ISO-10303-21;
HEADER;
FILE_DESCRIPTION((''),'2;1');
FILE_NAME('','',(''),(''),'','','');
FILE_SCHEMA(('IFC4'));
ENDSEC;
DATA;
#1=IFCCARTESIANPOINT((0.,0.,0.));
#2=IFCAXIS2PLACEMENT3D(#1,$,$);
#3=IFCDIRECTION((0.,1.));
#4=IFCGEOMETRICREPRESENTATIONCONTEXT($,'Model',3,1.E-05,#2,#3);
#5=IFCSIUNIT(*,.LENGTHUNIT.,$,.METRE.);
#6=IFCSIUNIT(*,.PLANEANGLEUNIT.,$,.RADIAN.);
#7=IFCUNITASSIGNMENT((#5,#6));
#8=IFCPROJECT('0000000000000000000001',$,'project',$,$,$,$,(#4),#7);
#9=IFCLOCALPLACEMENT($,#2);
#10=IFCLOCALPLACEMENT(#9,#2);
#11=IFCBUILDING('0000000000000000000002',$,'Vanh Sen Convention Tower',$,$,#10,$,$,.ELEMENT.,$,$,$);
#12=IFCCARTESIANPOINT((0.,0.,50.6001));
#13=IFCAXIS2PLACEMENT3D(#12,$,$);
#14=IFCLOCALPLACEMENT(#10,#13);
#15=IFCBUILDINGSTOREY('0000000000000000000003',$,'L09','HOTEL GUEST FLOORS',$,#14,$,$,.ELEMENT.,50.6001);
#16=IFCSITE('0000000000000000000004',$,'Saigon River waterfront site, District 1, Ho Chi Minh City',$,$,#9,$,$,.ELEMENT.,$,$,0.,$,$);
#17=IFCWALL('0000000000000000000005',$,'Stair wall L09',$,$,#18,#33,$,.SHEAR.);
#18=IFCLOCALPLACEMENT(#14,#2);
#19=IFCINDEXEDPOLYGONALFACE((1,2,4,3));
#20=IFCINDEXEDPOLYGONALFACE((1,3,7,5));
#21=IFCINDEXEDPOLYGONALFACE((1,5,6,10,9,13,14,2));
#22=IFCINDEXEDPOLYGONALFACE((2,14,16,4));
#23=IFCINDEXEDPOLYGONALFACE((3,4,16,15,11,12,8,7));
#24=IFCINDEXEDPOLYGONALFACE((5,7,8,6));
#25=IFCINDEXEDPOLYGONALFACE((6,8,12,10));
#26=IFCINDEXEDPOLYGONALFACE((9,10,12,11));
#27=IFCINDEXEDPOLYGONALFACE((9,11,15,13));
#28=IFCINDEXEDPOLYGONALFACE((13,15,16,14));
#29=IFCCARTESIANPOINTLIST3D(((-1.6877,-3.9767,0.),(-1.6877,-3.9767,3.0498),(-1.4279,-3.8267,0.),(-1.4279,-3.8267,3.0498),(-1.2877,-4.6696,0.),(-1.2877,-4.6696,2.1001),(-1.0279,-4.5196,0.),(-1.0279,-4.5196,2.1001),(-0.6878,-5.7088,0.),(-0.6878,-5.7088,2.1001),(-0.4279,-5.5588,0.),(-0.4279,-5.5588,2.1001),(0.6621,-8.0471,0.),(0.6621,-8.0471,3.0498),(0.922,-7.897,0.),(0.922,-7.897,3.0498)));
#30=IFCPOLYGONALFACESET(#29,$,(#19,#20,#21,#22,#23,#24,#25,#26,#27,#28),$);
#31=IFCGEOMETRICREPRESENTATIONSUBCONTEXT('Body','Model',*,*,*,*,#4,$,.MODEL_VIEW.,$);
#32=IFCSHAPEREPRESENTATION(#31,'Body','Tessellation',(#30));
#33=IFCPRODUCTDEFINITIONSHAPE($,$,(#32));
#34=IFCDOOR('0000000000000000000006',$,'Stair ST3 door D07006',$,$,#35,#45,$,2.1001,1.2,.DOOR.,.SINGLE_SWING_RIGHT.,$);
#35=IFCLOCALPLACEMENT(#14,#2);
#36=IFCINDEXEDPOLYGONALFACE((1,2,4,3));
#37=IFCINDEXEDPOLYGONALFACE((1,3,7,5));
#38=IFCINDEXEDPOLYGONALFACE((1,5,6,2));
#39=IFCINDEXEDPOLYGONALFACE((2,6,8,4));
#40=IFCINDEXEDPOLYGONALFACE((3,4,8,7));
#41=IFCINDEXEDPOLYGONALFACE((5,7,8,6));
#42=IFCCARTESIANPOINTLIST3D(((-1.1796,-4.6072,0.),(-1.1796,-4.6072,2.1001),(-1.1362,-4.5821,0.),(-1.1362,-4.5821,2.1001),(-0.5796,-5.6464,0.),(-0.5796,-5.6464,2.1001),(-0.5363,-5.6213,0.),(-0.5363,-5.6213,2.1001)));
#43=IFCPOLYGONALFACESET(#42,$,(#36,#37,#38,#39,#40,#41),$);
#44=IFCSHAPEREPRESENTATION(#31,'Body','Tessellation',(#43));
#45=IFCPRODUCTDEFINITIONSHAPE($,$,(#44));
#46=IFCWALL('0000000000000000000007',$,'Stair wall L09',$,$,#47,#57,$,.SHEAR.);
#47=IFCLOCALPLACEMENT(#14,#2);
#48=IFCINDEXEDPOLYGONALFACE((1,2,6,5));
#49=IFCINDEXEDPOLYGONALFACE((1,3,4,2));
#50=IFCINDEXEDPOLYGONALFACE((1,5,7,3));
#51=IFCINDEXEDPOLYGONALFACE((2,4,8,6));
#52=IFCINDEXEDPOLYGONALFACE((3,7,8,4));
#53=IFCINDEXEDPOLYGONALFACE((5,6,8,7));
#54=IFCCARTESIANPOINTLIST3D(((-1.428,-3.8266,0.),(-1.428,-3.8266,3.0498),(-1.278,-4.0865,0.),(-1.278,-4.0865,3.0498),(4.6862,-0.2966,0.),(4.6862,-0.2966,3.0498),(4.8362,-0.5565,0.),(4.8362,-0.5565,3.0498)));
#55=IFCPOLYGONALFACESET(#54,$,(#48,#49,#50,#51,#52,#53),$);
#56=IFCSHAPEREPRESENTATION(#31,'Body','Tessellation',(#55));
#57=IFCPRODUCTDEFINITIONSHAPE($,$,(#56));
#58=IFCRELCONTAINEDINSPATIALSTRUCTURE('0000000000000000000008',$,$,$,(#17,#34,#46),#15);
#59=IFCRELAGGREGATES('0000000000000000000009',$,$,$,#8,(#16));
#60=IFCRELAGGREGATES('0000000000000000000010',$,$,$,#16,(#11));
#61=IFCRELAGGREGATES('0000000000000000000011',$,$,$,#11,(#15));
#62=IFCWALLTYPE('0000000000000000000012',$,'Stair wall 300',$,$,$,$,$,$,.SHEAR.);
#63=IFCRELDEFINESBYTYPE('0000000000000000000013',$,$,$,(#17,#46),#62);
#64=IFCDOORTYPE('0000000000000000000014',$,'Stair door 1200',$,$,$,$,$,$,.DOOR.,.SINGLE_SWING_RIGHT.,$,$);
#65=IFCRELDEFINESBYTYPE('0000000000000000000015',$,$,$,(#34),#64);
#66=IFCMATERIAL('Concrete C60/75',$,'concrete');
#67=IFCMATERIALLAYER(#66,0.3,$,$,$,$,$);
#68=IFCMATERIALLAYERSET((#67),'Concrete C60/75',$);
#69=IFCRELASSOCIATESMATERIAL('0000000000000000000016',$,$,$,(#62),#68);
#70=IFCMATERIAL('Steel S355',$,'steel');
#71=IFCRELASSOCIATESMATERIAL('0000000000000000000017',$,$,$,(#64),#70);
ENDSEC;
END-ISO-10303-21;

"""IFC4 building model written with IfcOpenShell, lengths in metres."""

from ifc_helpers import new_model, si_unit, direction, frame, frame_2d, origin, place, context, subcontext, project, spatial, rectangle, extrude, material, layer, layer_set, type_object, element, fill, save


model = new_model("IFC4")

# Units and contexts
model_context = context("Model", 3, precision=1e-05, world=origin(), true_north=direction((0.0, 1.0)))
body_context = subcontext(model_context, "Body", "Model", "MODEL_VIEW")
ifc_project = project(units=[si_unit("LENGTHUNIT", "METRE"), si_unit("PLANEANGLEUNIT", "RADIAN")], contexts=[model_context])

# Site, building, storey
site_placement = place(None, origin())
site = spatial("IfcSite", under=ifc_project, at=site_placement, Name="Saigon River waterfront site, District 1, Ho Chi Minh City", CompositionType="ELEMENT", RefElevation=0.0)
building_placement = place(site_placement, origin())
building = spatial("IfcBuilding", under=site, at=building_placement, Name="Vanh Sen Convention Tower", CompositionType="ELEMENT")
storey_placement = place(building_placement, frame((0.0, 0.0, 50.6001)))
storey = spatial("IfcBuildingStorey", under=building, at=storey_placement, Name="L09", Description="HOTEL GUEST FLOORS", CompositionType="ELEMENT", Elevation=50.6001)

# Shared definitions
ifc_material_1 = material(Name="Steel S355", Category="steel")

# Shared definitions
ifc_material_2 = material(Name="Concrete C60/75", Category="concrete")
ifc_layer_1 = layer(ifc_material_2, 0.3)
ifc_layer_set_1 = layer_set([ifc_layer_1], Name="Concrete C60/75")
wall_type_1 = type_object("IfcWallType", Name="Stair wall 300", PredefinedType="SHEAR", material=ifc_layer_set_1)

# Wall, opening, door
wall_1_placement = place(storey_placement, frame((-1.5579, -3.9016, 0.0), z_axis=(0.0, 0.0, 1.0), x_axis=(0.499977, -0.866039, 0.0)))
wall_1 = element("IfcWall", 1, at=wall_1_placement, inside=storey, type_object=wall_type_1, Name="Stair wall L09", PredefinedType="SHEAR", context=body_context, shape_type="SweptSolid", body=[
    extrude(rectangle(XDim=4.7, YDim=0.3, at=frame_2d((2.3501, 0.0))), origin(), (0.0, 0.0, 1.0), 3.0498),
])
opening_1_placement = place(wall_1_placement, frame((0.8, 0.0, 0.0)))
opening_1 = element("IfcOpeningElement", 2, at=opening_1_placement, cuts=wall_1, PredefinedType="OPENING", context=body_context, shape_type="SweptSolid", body=[
    extrude(rectangle(XDim=1.2, YDim=2.1001, at=frame_2d((0.6001, 1.05))), frame((0.0, 0.1599, 0.0), z_axis=(0.0, -1.0, 0.0), x_axis=(1.0, 0.0, 0.0)), (0.0, 0.0, 1.0), 0.3201),
])
door_type_1 = type_object("IfcDoorType", Name="Stair door 1200", OperationType="SINGLE_SWING_RIGHT", PredefinedType="DOOR", material=ifc_material_1)
door_1_placement = place(opening_1_placement, origin())
door_1 = element("IfcDoor", 3, at=door_1_placement, inside=storey, type_object=door_type_1, Name="Stair ST3 door D07006", OperationType="SINGLE_SWING_RIGHT", OverallHeight=2.1001, OverallWidth=1.2, PredefinedType="DOOR", context=body_context, shape_type="SweptSolid", body=[
    extrude(rectangle(XDim=1.2, YDim=2.1001, at=frame_2d((0.6001, 1.05))), frame((0.0, 0.0249, 0.0), z_axis=(0.0, -1.0, 0.0), x_axis=(1.0, 0.0, 0.0)), (0.0, 0.0, 1.0), 0.05),
])
fill(opening_1, door_1)

# Wall
wall_2_placement = place(storey_placement, frame((-1.353, -3.9565, 0.0), z_axis=(0.0, 0.0, 1.0), x_axis=(0.866028, 0.499996, 0.0)))
element("IfcWall", 4, at=wall_2_placement, inside=storey, type_object=wall_type_1, Name="Stair wall L09", PredefinedType="SHEAR", context=body_context, shape_type="SweptSolid", body=[
    extrude(rectangle(XDim=7.0601, YDim=0.3, at=frame_2d((3.53, 0.0))), origin(), (0.0, 0.0, 1.0), 3.0498),
])

save(model, "model.ifc")
